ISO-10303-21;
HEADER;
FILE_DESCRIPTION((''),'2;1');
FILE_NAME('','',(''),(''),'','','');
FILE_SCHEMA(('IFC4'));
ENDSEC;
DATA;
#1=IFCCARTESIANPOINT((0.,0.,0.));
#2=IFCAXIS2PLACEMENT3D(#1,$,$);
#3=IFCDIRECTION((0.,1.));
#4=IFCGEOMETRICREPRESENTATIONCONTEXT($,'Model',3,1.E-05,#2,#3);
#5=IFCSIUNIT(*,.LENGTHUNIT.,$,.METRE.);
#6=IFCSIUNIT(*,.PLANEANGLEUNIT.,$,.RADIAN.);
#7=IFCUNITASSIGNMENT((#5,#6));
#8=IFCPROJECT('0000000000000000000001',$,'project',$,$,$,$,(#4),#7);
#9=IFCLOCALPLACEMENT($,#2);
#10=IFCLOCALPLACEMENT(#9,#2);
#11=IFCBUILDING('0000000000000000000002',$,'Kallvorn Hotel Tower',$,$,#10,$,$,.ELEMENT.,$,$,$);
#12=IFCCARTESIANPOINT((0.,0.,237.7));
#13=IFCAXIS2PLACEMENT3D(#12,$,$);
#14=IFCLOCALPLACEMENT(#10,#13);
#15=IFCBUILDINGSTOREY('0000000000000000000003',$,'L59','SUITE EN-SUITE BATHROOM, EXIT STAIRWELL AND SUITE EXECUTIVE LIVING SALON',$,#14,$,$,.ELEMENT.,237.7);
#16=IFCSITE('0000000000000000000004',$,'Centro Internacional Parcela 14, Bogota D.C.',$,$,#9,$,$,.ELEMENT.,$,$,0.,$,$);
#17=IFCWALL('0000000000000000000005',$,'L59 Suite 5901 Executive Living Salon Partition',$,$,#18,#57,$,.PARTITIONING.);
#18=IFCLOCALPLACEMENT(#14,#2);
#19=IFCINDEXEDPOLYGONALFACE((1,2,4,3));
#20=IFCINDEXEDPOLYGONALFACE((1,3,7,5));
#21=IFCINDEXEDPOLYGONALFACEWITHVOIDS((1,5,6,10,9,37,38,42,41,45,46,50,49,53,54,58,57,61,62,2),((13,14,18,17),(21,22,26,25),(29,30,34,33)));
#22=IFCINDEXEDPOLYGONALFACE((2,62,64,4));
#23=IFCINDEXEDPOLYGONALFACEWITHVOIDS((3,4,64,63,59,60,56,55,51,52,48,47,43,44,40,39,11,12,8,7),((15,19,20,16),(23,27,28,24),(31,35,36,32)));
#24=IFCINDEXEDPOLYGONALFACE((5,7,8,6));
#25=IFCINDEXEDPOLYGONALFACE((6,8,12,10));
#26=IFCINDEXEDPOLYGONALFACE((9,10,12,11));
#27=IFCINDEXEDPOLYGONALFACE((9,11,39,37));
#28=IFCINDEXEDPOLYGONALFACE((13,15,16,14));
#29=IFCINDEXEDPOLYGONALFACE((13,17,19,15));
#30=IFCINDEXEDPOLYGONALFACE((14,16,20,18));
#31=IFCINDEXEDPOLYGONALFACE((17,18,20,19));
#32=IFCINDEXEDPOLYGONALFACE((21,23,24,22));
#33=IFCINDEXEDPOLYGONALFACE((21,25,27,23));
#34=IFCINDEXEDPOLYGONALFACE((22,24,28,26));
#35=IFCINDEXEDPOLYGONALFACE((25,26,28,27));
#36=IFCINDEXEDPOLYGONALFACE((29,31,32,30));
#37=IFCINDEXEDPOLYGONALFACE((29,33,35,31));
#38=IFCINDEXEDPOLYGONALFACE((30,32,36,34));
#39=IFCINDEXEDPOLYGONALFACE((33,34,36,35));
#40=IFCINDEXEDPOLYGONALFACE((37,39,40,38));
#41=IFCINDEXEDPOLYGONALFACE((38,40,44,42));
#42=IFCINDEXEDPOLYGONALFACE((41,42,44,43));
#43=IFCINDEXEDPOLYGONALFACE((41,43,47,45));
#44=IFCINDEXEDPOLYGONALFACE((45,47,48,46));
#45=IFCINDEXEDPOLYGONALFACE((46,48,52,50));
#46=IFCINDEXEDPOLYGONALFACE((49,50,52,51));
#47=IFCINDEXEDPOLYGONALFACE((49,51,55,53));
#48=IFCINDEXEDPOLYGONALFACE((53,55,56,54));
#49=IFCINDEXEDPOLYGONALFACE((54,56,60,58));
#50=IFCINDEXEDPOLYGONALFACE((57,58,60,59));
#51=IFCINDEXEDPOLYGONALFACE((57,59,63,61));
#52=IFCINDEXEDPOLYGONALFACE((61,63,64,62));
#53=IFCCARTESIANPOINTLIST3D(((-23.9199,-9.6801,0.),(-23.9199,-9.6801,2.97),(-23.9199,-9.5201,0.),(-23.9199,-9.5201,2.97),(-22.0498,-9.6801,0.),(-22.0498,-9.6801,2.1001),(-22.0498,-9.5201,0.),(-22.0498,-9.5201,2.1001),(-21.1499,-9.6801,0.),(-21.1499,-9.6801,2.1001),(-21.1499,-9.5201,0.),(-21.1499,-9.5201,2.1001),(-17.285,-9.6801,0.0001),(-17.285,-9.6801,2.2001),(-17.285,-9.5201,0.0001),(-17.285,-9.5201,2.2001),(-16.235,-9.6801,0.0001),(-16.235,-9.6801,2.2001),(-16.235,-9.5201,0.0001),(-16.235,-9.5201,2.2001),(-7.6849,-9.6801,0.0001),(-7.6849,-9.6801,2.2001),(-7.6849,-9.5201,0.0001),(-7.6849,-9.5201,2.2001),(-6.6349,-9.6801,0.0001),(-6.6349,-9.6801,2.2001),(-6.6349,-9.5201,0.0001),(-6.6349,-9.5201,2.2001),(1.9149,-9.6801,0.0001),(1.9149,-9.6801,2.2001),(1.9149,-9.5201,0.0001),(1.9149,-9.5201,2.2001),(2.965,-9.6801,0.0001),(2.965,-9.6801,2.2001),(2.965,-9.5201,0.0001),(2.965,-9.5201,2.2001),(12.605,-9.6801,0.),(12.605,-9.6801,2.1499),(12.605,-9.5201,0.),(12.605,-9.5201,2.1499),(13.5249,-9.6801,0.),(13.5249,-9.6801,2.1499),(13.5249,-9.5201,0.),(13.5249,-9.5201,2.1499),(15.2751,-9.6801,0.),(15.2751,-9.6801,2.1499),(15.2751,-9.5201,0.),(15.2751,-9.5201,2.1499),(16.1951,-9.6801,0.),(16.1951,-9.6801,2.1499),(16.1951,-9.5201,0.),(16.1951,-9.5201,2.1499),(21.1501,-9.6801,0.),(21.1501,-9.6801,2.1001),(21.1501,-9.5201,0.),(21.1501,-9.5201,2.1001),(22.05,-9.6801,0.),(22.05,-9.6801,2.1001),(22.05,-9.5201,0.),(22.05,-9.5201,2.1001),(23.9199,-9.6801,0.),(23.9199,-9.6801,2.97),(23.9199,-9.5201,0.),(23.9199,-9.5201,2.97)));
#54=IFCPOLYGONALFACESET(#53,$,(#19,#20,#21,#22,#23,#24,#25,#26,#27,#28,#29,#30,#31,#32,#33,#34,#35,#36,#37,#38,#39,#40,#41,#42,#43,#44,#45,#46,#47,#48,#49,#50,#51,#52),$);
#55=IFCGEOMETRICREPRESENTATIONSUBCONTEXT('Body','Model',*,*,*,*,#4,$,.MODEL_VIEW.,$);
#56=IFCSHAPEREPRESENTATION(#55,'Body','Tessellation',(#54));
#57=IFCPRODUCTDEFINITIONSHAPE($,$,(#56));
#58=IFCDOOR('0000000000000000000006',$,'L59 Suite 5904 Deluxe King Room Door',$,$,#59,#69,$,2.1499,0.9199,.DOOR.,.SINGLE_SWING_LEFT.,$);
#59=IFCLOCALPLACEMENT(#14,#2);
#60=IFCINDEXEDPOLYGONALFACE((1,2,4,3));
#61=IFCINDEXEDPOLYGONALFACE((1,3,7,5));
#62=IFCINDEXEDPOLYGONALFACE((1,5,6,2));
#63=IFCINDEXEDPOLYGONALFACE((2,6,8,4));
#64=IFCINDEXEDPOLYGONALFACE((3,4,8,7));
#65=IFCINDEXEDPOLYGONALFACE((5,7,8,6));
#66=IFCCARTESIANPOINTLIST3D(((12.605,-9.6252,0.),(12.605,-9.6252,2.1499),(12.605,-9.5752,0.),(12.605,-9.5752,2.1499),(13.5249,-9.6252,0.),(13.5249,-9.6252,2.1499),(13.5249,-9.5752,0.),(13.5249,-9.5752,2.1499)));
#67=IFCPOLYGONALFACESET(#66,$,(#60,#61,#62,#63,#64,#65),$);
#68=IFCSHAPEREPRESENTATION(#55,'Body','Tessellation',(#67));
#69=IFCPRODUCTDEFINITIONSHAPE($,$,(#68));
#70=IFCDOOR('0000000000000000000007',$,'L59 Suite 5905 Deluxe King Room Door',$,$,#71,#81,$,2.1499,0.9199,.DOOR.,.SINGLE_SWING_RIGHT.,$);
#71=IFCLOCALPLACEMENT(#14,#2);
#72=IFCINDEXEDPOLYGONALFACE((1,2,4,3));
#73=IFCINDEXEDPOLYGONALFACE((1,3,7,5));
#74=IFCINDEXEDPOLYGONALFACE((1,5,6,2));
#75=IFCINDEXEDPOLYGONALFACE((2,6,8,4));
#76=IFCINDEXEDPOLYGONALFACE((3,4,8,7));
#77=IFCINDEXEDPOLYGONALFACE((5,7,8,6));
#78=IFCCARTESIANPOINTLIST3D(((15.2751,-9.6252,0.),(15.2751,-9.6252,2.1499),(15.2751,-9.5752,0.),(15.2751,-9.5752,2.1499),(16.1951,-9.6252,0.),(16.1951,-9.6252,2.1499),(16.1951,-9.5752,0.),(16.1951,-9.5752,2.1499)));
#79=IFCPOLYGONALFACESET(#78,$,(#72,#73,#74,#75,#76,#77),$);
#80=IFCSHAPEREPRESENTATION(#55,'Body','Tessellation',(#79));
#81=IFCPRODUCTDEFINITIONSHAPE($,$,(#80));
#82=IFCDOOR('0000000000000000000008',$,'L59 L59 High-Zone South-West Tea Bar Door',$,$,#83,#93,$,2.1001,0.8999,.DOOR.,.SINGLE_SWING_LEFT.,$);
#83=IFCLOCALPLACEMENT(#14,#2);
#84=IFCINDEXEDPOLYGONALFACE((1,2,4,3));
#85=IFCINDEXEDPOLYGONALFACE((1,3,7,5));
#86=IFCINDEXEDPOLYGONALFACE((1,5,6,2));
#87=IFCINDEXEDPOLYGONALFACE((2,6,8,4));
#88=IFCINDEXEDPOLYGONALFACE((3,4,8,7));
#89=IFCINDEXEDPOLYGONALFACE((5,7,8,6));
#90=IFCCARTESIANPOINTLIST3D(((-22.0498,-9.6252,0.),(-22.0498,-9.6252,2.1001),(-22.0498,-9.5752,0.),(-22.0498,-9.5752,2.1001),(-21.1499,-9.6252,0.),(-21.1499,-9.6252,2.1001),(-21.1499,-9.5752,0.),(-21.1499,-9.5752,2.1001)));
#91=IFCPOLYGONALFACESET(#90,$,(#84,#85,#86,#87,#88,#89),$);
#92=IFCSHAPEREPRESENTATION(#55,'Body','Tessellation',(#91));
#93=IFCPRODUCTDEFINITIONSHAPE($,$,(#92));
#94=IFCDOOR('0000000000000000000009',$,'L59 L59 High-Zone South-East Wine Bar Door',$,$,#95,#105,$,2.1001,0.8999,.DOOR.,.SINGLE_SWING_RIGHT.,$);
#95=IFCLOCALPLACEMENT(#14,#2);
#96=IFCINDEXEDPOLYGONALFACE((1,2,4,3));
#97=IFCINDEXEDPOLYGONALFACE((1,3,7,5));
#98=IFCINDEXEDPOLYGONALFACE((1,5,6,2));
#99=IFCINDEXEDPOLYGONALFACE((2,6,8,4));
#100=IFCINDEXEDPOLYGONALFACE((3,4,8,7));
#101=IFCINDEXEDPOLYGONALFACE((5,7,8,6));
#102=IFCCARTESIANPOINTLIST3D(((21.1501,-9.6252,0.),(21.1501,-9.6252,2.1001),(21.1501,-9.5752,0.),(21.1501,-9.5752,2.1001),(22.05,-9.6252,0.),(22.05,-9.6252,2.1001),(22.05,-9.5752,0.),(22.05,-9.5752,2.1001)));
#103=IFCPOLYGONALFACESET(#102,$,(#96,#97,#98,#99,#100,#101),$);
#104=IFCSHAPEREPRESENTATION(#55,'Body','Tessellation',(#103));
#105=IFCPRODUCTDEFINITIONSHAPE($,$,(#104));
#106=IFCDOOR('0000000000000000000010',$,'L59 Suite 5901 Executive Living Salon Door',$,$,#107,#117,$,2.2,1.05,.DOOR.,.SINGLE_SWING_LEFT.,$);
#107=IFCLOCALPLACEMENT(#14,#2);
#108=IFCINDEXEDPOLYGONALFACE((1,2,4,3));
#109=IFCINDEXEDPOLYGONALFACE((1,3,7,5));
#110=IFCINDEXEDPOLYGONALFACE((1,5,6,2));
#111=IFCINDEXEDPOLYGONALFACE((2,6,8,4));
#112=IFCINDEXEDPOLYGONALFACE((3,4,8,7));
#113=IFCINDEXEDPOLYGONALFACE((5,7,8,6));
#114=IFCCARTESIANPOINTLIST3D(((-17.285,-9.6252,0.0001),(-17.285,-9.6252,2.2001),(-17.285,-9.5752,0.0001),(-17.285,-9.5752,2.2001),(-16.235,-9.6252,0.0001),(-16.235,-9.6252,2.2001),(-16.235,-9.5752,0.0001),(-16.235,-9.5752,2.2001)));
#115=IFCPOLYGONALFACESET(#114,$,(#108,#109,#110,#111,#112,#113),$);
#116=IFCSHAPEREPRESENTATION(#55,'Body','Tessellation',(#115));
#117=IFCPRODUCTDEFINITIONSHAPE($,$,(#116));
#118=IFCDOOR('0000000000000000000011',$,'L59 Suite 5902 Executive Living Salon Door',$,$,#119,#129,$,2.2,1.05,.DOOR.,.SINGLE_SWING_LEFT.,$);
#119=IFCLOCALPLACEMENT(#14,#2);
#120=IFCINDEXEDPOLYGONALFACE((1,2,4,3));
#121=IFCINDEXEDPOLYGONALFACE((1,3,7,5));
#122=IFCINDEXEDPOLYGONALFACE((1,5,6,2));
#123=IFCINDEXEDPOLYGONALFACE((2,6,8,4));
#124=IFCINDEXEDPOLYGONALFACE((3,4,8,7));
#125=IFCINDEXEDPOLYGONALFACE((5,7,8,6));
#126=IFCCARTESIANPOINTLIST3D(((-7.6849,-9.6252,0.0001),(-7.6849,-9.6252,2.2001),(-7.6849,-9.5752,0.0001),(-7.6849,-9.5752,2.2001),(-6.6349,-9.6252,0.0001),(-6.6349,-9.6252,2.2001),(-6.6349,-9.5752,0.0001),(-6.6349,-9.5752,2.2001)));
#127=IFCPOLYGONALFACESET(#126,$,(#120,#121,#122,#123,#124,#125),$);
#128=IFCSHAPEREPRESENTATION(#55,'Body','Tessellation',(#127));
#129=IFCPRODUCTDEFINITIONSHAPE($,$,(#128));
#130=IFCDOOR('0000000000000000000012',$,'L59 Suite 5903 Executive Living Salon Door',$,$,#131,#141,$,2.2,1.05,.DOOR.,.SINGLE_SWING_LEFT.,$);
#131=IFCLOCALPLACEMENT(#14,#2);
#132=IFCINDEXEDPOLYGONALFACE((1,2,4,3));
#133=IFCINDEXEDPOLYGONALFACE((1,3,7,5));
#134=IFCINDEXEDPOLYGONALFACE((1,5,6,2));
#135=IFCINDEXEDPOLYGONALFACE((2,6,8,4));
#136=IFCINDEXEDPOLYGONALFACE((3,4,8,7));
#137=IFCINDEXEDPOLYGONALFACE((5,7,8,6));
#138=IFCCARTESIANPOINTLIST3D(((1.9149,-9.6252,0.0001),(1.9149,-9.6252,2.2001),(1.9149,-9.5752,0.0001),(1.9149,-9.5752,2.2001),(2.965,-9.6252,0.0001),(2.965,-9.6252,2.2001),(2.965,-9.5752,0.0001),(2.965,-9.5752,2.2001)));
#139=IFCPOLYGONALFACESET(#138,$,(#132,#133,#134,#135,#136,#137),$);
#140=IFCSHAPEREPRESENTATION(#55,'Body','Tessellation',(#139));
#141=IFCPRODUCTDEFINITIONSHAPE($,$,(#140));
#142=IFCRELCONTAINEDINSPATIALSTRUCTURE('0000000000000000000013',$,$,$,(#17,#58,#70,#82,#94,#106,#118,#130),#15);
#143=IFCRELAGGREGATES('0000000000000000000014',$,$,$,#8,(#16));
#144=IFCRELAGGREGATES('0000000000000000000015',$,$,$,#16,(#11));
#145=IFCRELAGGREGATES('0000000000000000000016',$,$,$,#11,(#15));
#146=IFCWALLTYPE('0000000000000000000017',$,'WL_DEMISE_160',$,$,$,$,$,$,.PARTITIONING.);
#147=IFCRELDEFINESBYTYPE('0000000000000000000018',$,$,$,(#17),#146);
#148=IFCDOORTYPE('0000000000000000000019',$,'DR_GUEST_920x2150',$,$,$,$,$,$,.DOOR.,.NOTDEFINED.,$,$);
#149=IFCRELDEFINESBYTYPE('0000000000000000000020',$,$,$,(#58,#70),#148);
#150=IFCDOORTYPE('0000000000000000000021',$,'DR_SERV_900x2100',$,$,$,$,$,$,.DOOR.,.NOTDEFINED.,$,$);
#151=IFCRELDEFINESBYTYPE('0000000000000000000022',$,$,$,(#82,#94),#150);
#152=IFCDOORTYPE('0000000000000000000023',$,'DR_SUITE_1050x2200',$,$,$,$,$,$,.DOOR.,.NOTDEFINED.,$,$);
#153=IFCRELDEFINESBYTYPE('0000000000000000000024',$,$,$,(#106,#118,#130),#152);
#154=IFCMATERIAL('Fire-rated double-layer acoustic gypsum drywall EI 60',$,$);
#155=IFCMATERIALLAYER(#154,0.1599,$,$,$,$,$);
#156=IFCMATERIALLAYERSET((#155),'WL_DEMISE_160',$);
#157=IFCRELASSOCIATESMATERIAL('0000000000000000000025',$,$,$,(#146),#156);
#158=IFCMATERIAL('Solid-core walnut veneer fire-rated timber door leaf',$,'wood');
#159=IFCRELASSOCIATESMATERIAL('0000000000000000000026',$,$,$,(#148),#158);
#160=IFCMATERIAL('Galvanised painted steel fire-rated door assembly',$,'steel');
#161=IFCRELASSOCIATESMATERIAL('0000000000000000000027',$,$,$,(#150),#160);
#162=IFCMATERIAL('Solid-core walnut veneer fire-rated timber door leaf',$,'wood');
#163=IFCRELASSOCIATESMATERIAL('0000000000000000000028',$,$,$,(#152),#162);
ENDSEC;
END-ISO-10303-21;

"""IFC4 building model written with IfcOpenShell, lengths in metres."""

from ifc_helpers import new_model, si_unit, direction, frame, frame_2d, origin, place, context, subcontext, project, spatial, rectangle, extrude, material, layer, layer_set, type_object, element, fill, save


model = new_model("IFC4")

# Units and contexts
model_context = context("Model", 3, precision=1e-05, world=origin(), true_north=direction((0.0, 1.0)))
body_context = subcontext(model_context, "Body", "Model", "MODEL_VIEW")
ifc_project = project(units=[si_unit("LENGTHUNIT", "METRE"), si_unit("PLANEANGLEUNIT", "RADIAN")], contexts=[model_context])

# Site, building, storey
site_placement = place(None, origin())
site = spatial("IfcSite", under=ifc_project, at=site_placement, Name="Centro Internacional Parcela 14, Bogota D.C.", CompositionType="ELEMENT", RefElevation=0.0)
building_placement = place(site_placement, origin())
building = spatial("IfcBuilding", under=site, at=building_placement, Name="Kallvorn Hotel Tower", CompositionType="ELEMENT")
storey_placement = place(building_placement, frame((0.0, 0.0, 237.7)))
storey = spatial("IfcBuildingStorey", under=building, at=storey_placement, Name="L59", Description="SUITE EN-SUITE BATHROOM, EXIT STAIRWELL AND SUITE EXECUTIVE LIVING SALON", CompositionType="ELEMENT", Elevation=237.7)

# Shared definitions
ifc_material_1 = material(Name="Fire-rated double-layer acoustic gypsum drywall EI 60")
ifc_layer = layer(ifc_material_1, 0.1599)
ifc_layer_set = layer_set([ifc_layer], Name="WL_DEMISE_160")
wall_type = type_object("IfcWallType", Name="WL_DEMISE_160", PredefinedType="PARTITIONING", material=ifc_layer_set)

# Wall, openings, doors
wall_1_placement = place(storey_placement, frame((-23.9199, -9.6001, 0.0), z_axis=(0.0, 0.0, 1.0), x_axis=(1.0, 0.0, 0.0)))
wall_1 = element("IfcWall", 1, at=wall_1_placement, inside=storey, type_object=wall_type, Name="L59 Suite 5901 Executive Living Salon Partition", PredefinedType="PARTITIONING", context=body_context, shape_type="SweptSolid", body=[
    extrude(rectangle(XDim=47.8398, YDim=0.1599, at=frame_2d((23.9199, 0.0))), origin(), (0.0, 0.0, 1.0), 2.97),
])
opening_1_placement = place(wall_1_placement, frame((1.8701, 0.0, 0.0)))
opening_1 = element("IfcOpeningElement", 2, at=opening_1_placement, cuts=wall_1, PredefinedType="OPENING", context=body_context, shape_type="SweptSolid", body=[
    extrude(rectangle(XDim=0.8999, YDim=2.1001, at=frame_2d((0.45, 1.05))), frame((0.0, 0.095, 0.0), z_axis=(0.0, -1.0, 0.0), x_axis=(1.0, 0.0, 0.0)), (0.0, 0.0, 1.0), 0.1899),
])
opening_2_placement = place(wall_1_placement, frame((45.0701, 0.0, 0.0)))
opening_2 = element("IfcOpeningElement", 3, at=opening_2_placement, cuts=wall_1, PredefinedType="OPENING", context=body_context, shape_type="SweptSolid", body=[
    extrude(rectangle(XDim=0.8999, YDim=2.1001, at=frame_2d((0.45, 1.05))), frame((0.0, 0.095, 0.0), z_axis=(0.0, -1.0, 0.0), x_axis=(1.0, 0.0, 0.0)), (0.0, 0.0, 1.0), 0.1899),
])
opening_3_placement = place(wall_1_placement, frame((6.635, 0.0, 0.0)))
opening_3 = element("IfcOpeningElement", 4, at=opening_3_placement, cuts=wall_1, PredefinedType="OPENING", context=body_context, shape_type="SweptSolid", body=[
    extrude(rectangle(XDim=1.05, YDim=2.2, at=frame_2d((0.5249, 1.1001))), frame((0.0, 0.095, 0.0), z_axis=(0.0, -1.0, 0.0), x_axis=(1.0, 0.0, 0.0)), (0.0, 0.0, 1.0), 0.1899),
])
opening_4_placement = place(wall_1_placement, frame((16.2351, 0.0, 0.0)))
opening_4 = element("IfcOpeningElement", 5, at=opening_4_placement, cuts=wall_1, PredefinedType="OPENING", context=body_context, shape_type="SweptSolid", body=[
    extrude(rectangle(XDim=1.05, YDim=2.2, at=frame_2d((0.5249, 1.1001))), frame((0.0, 0.095, 0.0), z_axis=(0.0, -1.0, 0.0), x_axis=(1.0, 0.0, 0.0)), (0.0, 0.0, 1.0), 0.1899),
])
opening_5_placement = place(wall_1_placement, frame((25.835, 0.0, 0.0)))
opening_5 = element("IfcOpeningElement", 6, at=opening_5_placement, cuts=wall_1, PredefinedType="OPENING", context=body_context, shape_type="SweptSolid", body=[
    extrude(rectangle(XDim=1.05, YDim=2.2, at=frame_2d((0.5249, 1.1001))), frame((0.0, 0.095, 0.0), z_axis=(0.0, -1.0, 0.0), x_axis=(1.0, 0.0, 0.0)), (0.0, 0.0, 1.0), 0.1899),
])
opening_6_placement = place(wall_1_placement, frame((36.5249, 0.0, 0.0)))
opening_6 = element("IfcOpeningElement", 7, at=opening_6_placement, cuts=wall_1, PredefinedType="OPENING", context=body_context, shape_type="SweptSolid", body=[
    extrude(rectangle(XDim=0.9199, YDim=2.1499, at=frame_2d((0.46, 1.075))), frame((0.0, 0.095, 0.0), z_axis=(0.0, -1.0, 0.0), x_axis=(1.0, 0.0, 0.0)), (0.0, 0.0, 1.0), 0.1899),
])
opening_7_placement = place(wall_1_placement, frame((39.1951, 0.0, 0.0)))
opening_7 = element("IfcOpeningElement", 8, at=opening_7_placement, cuts=wall_1, PredefinedType="OPENING", context=body_context, shape_type="SweptSolid", body=[
    extrude(rectangle(XDim=0.9199, YDim=2.1499, at=frame_2d((0.46, 1.075))), frame((0.0, 0.095, 0.0), z_axis=(0.0, -1.0, 0.0), x_axis=(1.0, 0.0, 0.0)), (0.0, 0.0, 1.0), 0.1899),
])
ifc_material_2 = material(Name="Solid-core walnut veneer fire-rated timber door leaf", Category="wood")
door_type_1 = type_object("IfcDoorType", Name="DR_GUEST_920x2150", OperationType="NOTDEFINED", PredefinedType="DOOR", material=ifc_material_2)
door_1_placement = place(opening_6_placement, origin())
door_1 = element("IfcDoor", 9, at=door_1_placement, inside=storey, type_object=door_type_1, Name="L59 Suite 5904 Deluxe King Room Door", OperationType="SINGLE_SWING_LEFT", OverallHeight=2.1499, OverallWidth=0.9199, PredefinedType="DOOR", context=body_context, shape_type="SweptSolid", body=[
    extrude(rectangle(XDim=0.9199, YDim=2.1499, at=frame_2d((0.46, 1.075))), frame((0.0, 0.0249, 0.0), z_axis=(0.0, -1.0, 0.0), x_axis=(1.0, 0.0, 0.0)), (0.0, 0.0, 1.0), 0.05),
])
fill(opening_6, door_1)
door_2_placement = place(opening_7_placement, origin())
door_2 = element("IfcDoor", 10, at=door_2_placement, inside=storey, type_object=door_type_1, Name="L59 Suite 5905 Deluxe King Room Door", OperationType="SINGLE_SWING_RIGHT", OverallHeight=2.1499, OverallWidth=0.9199, PredefinedType="DOOR", context=body_context, shape_type="SweptSolid", body=[
    extrude(rectangle(XDim=0.9199, YDim=2.1499, at=frame_2d((0.46, 1.075))), frame((0.0, 0.0249, 0.0), z_axis=(0.0, -1.0, 0.0), x_axis=(1.0, 0.0, 0.0)), (0.0, 0.0, 1.0), 0.05),
])
fill(opening_7, door_2)
ifc_material_3 = material(Name="Galvanised painted steel fire-rated door assembly", Category="steel")
door_type_2 = type_object("IfcDoorType", Name="DR_SERV_900x2100", OperationType="NOTDEFINED", PredefinedType="DOOR", material=ifc_material_3)
door_3_placement = place(opening_1_placement, origin())
door_3 = element("IfcDoor", 11, at=door_3_placement, inside=storey, type_object=door_type_2, Name="L59 L59 High-Zone South-West Tea Bar Door", OperationType="SINGLE_SWING_LEFT", OverallHeight=2.1001, OverallWidth=0.8999, PredefinedType="DOOR", context=body_context, shape_type="SweptSolid", body=[
    extrude(rectangle(XDim=0.8999, YDim=2.1001, at=frame_2d((0.45, 1.05))), frame((0.0, 0.0249, 0.0), z_axis=(0.0, -1.0, 0.0), x_axis=(1.0, 0.0, 0.0)), (0.0, 0.0, 1.0), 0.05),
])
fill(opening_1, door_3)
door_4_placement = place(opening_2_placement, origin())
door_4 = element("IfcDoor", 12, at=door_4_placement, inside=storey, type_object=door_type_2, Name="L59 L59 High-Zone South-East Wine Bar Door", OperationType="SINGLE_SWING_RIGHT", OverallHeight=2.1001, OverallWidth=0.8999, PredefinedType="DOOR", context=body_context, shape_type="SweptSolid", body=[
    extrude(rectangle(XDim=0.8999, YDim=2.1001, at=frame_2d((0.45, 1.05))), frame((0.0, 0.0249, 0.0), z_axis=(0.0, -1.0, 0.0), x_axis=(1.0, 0.0, 0.0)), (0.0, 0.0, 1.0), 0.05),
])
fill(opening_2, door_4)
ifc_material_4 = material(Name="Solid-core walnut veneer fire-rated timber door leaf", Category="wood")
door_type_3 = type_object("IfcDoorType", Name="DR_SUITE_1050x2200", OperationType="NOTDEFINED", PredefinedType="DOOR", material=ifc_material_4)
door_5_placement = place(opening_3_placement, origin())
door_5 = element("IfcDoor", 13, at=door_5_placement, inside=storey, type_object=door_type_3, Name="L59 Suite 5901 Executive Living Salon Door", OperationType="SINGLE_SWING_LEFT", OverallHeight=2.2, OverallWidth=1.05, PredefinedType="DOOR", context=body_context, shape_type="SweptSolid", body=[
    extrude(rectangle(XDim=1.05, YDim=2.2, at=frame_2d((0.5249, 1.1001))), frame((0.0, 0.0249, 0.0), z_axis=(0.0, -1.0, 0.0), x_axis=(1.0, 0.0, 0.0)), (0.0, 0.0, 1.0), 0.05),
])
fill(opening_3, door_5)
door_6_placement = place(opening_4_placement, origin())
door_6 = element("IfcDoor", 14, at=door_6_placement, inside=storey, type_object=door_type_3, Name="L59 Suite 5902 Executive Living Salon Door", OperationType="SINGLE_SWING_LEFT", OverallHeight=2.2, OverallWidth=1.05, PredefinedType="DOOR", context=body_context, shape_type="SweptSolid", body=[
    extrude(rectangle(XDim=1.05, YDim=2.2, at=frame_2d((0.5249, 1.1001))), frame((0.0, 0.0249, 0.0), z_axis=(0.0, -1.0, 0.0), x_axis=(1.0, 0.0, 0.0)), (0.0, 0.0, 1.0), 0.05),
])
fill(opening_4, door_6)
door_7_placement = place(opening_5_placement, origin())
door_7 = element("IfcDoor", 15, at=door_7_placement, inside=storey, type_object=door_type_3, Name="L59 Suite 5903 Executive Living Salon Door", OperationType="SINGLE_SWING_LEFT", OverallHeight=2.2, OverallWidth=1.05, PredefinedType="DOOR", context=body_context, shape_type="SweptSolid", body=[
    extrude(rectangle(XDim=1.05, YDim=2.2, at=frame_2d((0.5249, 1.1001))), frame((0.0, 0.0249, 0.0), z_axis=(0.0, -1.0, 0.0), x_axis=(1.0, 0.0, 0.0)), (0.0, 0.0, 1.0), 0.05),
])
fill(opening_5, door_7)

save(model, "model.ifc")
